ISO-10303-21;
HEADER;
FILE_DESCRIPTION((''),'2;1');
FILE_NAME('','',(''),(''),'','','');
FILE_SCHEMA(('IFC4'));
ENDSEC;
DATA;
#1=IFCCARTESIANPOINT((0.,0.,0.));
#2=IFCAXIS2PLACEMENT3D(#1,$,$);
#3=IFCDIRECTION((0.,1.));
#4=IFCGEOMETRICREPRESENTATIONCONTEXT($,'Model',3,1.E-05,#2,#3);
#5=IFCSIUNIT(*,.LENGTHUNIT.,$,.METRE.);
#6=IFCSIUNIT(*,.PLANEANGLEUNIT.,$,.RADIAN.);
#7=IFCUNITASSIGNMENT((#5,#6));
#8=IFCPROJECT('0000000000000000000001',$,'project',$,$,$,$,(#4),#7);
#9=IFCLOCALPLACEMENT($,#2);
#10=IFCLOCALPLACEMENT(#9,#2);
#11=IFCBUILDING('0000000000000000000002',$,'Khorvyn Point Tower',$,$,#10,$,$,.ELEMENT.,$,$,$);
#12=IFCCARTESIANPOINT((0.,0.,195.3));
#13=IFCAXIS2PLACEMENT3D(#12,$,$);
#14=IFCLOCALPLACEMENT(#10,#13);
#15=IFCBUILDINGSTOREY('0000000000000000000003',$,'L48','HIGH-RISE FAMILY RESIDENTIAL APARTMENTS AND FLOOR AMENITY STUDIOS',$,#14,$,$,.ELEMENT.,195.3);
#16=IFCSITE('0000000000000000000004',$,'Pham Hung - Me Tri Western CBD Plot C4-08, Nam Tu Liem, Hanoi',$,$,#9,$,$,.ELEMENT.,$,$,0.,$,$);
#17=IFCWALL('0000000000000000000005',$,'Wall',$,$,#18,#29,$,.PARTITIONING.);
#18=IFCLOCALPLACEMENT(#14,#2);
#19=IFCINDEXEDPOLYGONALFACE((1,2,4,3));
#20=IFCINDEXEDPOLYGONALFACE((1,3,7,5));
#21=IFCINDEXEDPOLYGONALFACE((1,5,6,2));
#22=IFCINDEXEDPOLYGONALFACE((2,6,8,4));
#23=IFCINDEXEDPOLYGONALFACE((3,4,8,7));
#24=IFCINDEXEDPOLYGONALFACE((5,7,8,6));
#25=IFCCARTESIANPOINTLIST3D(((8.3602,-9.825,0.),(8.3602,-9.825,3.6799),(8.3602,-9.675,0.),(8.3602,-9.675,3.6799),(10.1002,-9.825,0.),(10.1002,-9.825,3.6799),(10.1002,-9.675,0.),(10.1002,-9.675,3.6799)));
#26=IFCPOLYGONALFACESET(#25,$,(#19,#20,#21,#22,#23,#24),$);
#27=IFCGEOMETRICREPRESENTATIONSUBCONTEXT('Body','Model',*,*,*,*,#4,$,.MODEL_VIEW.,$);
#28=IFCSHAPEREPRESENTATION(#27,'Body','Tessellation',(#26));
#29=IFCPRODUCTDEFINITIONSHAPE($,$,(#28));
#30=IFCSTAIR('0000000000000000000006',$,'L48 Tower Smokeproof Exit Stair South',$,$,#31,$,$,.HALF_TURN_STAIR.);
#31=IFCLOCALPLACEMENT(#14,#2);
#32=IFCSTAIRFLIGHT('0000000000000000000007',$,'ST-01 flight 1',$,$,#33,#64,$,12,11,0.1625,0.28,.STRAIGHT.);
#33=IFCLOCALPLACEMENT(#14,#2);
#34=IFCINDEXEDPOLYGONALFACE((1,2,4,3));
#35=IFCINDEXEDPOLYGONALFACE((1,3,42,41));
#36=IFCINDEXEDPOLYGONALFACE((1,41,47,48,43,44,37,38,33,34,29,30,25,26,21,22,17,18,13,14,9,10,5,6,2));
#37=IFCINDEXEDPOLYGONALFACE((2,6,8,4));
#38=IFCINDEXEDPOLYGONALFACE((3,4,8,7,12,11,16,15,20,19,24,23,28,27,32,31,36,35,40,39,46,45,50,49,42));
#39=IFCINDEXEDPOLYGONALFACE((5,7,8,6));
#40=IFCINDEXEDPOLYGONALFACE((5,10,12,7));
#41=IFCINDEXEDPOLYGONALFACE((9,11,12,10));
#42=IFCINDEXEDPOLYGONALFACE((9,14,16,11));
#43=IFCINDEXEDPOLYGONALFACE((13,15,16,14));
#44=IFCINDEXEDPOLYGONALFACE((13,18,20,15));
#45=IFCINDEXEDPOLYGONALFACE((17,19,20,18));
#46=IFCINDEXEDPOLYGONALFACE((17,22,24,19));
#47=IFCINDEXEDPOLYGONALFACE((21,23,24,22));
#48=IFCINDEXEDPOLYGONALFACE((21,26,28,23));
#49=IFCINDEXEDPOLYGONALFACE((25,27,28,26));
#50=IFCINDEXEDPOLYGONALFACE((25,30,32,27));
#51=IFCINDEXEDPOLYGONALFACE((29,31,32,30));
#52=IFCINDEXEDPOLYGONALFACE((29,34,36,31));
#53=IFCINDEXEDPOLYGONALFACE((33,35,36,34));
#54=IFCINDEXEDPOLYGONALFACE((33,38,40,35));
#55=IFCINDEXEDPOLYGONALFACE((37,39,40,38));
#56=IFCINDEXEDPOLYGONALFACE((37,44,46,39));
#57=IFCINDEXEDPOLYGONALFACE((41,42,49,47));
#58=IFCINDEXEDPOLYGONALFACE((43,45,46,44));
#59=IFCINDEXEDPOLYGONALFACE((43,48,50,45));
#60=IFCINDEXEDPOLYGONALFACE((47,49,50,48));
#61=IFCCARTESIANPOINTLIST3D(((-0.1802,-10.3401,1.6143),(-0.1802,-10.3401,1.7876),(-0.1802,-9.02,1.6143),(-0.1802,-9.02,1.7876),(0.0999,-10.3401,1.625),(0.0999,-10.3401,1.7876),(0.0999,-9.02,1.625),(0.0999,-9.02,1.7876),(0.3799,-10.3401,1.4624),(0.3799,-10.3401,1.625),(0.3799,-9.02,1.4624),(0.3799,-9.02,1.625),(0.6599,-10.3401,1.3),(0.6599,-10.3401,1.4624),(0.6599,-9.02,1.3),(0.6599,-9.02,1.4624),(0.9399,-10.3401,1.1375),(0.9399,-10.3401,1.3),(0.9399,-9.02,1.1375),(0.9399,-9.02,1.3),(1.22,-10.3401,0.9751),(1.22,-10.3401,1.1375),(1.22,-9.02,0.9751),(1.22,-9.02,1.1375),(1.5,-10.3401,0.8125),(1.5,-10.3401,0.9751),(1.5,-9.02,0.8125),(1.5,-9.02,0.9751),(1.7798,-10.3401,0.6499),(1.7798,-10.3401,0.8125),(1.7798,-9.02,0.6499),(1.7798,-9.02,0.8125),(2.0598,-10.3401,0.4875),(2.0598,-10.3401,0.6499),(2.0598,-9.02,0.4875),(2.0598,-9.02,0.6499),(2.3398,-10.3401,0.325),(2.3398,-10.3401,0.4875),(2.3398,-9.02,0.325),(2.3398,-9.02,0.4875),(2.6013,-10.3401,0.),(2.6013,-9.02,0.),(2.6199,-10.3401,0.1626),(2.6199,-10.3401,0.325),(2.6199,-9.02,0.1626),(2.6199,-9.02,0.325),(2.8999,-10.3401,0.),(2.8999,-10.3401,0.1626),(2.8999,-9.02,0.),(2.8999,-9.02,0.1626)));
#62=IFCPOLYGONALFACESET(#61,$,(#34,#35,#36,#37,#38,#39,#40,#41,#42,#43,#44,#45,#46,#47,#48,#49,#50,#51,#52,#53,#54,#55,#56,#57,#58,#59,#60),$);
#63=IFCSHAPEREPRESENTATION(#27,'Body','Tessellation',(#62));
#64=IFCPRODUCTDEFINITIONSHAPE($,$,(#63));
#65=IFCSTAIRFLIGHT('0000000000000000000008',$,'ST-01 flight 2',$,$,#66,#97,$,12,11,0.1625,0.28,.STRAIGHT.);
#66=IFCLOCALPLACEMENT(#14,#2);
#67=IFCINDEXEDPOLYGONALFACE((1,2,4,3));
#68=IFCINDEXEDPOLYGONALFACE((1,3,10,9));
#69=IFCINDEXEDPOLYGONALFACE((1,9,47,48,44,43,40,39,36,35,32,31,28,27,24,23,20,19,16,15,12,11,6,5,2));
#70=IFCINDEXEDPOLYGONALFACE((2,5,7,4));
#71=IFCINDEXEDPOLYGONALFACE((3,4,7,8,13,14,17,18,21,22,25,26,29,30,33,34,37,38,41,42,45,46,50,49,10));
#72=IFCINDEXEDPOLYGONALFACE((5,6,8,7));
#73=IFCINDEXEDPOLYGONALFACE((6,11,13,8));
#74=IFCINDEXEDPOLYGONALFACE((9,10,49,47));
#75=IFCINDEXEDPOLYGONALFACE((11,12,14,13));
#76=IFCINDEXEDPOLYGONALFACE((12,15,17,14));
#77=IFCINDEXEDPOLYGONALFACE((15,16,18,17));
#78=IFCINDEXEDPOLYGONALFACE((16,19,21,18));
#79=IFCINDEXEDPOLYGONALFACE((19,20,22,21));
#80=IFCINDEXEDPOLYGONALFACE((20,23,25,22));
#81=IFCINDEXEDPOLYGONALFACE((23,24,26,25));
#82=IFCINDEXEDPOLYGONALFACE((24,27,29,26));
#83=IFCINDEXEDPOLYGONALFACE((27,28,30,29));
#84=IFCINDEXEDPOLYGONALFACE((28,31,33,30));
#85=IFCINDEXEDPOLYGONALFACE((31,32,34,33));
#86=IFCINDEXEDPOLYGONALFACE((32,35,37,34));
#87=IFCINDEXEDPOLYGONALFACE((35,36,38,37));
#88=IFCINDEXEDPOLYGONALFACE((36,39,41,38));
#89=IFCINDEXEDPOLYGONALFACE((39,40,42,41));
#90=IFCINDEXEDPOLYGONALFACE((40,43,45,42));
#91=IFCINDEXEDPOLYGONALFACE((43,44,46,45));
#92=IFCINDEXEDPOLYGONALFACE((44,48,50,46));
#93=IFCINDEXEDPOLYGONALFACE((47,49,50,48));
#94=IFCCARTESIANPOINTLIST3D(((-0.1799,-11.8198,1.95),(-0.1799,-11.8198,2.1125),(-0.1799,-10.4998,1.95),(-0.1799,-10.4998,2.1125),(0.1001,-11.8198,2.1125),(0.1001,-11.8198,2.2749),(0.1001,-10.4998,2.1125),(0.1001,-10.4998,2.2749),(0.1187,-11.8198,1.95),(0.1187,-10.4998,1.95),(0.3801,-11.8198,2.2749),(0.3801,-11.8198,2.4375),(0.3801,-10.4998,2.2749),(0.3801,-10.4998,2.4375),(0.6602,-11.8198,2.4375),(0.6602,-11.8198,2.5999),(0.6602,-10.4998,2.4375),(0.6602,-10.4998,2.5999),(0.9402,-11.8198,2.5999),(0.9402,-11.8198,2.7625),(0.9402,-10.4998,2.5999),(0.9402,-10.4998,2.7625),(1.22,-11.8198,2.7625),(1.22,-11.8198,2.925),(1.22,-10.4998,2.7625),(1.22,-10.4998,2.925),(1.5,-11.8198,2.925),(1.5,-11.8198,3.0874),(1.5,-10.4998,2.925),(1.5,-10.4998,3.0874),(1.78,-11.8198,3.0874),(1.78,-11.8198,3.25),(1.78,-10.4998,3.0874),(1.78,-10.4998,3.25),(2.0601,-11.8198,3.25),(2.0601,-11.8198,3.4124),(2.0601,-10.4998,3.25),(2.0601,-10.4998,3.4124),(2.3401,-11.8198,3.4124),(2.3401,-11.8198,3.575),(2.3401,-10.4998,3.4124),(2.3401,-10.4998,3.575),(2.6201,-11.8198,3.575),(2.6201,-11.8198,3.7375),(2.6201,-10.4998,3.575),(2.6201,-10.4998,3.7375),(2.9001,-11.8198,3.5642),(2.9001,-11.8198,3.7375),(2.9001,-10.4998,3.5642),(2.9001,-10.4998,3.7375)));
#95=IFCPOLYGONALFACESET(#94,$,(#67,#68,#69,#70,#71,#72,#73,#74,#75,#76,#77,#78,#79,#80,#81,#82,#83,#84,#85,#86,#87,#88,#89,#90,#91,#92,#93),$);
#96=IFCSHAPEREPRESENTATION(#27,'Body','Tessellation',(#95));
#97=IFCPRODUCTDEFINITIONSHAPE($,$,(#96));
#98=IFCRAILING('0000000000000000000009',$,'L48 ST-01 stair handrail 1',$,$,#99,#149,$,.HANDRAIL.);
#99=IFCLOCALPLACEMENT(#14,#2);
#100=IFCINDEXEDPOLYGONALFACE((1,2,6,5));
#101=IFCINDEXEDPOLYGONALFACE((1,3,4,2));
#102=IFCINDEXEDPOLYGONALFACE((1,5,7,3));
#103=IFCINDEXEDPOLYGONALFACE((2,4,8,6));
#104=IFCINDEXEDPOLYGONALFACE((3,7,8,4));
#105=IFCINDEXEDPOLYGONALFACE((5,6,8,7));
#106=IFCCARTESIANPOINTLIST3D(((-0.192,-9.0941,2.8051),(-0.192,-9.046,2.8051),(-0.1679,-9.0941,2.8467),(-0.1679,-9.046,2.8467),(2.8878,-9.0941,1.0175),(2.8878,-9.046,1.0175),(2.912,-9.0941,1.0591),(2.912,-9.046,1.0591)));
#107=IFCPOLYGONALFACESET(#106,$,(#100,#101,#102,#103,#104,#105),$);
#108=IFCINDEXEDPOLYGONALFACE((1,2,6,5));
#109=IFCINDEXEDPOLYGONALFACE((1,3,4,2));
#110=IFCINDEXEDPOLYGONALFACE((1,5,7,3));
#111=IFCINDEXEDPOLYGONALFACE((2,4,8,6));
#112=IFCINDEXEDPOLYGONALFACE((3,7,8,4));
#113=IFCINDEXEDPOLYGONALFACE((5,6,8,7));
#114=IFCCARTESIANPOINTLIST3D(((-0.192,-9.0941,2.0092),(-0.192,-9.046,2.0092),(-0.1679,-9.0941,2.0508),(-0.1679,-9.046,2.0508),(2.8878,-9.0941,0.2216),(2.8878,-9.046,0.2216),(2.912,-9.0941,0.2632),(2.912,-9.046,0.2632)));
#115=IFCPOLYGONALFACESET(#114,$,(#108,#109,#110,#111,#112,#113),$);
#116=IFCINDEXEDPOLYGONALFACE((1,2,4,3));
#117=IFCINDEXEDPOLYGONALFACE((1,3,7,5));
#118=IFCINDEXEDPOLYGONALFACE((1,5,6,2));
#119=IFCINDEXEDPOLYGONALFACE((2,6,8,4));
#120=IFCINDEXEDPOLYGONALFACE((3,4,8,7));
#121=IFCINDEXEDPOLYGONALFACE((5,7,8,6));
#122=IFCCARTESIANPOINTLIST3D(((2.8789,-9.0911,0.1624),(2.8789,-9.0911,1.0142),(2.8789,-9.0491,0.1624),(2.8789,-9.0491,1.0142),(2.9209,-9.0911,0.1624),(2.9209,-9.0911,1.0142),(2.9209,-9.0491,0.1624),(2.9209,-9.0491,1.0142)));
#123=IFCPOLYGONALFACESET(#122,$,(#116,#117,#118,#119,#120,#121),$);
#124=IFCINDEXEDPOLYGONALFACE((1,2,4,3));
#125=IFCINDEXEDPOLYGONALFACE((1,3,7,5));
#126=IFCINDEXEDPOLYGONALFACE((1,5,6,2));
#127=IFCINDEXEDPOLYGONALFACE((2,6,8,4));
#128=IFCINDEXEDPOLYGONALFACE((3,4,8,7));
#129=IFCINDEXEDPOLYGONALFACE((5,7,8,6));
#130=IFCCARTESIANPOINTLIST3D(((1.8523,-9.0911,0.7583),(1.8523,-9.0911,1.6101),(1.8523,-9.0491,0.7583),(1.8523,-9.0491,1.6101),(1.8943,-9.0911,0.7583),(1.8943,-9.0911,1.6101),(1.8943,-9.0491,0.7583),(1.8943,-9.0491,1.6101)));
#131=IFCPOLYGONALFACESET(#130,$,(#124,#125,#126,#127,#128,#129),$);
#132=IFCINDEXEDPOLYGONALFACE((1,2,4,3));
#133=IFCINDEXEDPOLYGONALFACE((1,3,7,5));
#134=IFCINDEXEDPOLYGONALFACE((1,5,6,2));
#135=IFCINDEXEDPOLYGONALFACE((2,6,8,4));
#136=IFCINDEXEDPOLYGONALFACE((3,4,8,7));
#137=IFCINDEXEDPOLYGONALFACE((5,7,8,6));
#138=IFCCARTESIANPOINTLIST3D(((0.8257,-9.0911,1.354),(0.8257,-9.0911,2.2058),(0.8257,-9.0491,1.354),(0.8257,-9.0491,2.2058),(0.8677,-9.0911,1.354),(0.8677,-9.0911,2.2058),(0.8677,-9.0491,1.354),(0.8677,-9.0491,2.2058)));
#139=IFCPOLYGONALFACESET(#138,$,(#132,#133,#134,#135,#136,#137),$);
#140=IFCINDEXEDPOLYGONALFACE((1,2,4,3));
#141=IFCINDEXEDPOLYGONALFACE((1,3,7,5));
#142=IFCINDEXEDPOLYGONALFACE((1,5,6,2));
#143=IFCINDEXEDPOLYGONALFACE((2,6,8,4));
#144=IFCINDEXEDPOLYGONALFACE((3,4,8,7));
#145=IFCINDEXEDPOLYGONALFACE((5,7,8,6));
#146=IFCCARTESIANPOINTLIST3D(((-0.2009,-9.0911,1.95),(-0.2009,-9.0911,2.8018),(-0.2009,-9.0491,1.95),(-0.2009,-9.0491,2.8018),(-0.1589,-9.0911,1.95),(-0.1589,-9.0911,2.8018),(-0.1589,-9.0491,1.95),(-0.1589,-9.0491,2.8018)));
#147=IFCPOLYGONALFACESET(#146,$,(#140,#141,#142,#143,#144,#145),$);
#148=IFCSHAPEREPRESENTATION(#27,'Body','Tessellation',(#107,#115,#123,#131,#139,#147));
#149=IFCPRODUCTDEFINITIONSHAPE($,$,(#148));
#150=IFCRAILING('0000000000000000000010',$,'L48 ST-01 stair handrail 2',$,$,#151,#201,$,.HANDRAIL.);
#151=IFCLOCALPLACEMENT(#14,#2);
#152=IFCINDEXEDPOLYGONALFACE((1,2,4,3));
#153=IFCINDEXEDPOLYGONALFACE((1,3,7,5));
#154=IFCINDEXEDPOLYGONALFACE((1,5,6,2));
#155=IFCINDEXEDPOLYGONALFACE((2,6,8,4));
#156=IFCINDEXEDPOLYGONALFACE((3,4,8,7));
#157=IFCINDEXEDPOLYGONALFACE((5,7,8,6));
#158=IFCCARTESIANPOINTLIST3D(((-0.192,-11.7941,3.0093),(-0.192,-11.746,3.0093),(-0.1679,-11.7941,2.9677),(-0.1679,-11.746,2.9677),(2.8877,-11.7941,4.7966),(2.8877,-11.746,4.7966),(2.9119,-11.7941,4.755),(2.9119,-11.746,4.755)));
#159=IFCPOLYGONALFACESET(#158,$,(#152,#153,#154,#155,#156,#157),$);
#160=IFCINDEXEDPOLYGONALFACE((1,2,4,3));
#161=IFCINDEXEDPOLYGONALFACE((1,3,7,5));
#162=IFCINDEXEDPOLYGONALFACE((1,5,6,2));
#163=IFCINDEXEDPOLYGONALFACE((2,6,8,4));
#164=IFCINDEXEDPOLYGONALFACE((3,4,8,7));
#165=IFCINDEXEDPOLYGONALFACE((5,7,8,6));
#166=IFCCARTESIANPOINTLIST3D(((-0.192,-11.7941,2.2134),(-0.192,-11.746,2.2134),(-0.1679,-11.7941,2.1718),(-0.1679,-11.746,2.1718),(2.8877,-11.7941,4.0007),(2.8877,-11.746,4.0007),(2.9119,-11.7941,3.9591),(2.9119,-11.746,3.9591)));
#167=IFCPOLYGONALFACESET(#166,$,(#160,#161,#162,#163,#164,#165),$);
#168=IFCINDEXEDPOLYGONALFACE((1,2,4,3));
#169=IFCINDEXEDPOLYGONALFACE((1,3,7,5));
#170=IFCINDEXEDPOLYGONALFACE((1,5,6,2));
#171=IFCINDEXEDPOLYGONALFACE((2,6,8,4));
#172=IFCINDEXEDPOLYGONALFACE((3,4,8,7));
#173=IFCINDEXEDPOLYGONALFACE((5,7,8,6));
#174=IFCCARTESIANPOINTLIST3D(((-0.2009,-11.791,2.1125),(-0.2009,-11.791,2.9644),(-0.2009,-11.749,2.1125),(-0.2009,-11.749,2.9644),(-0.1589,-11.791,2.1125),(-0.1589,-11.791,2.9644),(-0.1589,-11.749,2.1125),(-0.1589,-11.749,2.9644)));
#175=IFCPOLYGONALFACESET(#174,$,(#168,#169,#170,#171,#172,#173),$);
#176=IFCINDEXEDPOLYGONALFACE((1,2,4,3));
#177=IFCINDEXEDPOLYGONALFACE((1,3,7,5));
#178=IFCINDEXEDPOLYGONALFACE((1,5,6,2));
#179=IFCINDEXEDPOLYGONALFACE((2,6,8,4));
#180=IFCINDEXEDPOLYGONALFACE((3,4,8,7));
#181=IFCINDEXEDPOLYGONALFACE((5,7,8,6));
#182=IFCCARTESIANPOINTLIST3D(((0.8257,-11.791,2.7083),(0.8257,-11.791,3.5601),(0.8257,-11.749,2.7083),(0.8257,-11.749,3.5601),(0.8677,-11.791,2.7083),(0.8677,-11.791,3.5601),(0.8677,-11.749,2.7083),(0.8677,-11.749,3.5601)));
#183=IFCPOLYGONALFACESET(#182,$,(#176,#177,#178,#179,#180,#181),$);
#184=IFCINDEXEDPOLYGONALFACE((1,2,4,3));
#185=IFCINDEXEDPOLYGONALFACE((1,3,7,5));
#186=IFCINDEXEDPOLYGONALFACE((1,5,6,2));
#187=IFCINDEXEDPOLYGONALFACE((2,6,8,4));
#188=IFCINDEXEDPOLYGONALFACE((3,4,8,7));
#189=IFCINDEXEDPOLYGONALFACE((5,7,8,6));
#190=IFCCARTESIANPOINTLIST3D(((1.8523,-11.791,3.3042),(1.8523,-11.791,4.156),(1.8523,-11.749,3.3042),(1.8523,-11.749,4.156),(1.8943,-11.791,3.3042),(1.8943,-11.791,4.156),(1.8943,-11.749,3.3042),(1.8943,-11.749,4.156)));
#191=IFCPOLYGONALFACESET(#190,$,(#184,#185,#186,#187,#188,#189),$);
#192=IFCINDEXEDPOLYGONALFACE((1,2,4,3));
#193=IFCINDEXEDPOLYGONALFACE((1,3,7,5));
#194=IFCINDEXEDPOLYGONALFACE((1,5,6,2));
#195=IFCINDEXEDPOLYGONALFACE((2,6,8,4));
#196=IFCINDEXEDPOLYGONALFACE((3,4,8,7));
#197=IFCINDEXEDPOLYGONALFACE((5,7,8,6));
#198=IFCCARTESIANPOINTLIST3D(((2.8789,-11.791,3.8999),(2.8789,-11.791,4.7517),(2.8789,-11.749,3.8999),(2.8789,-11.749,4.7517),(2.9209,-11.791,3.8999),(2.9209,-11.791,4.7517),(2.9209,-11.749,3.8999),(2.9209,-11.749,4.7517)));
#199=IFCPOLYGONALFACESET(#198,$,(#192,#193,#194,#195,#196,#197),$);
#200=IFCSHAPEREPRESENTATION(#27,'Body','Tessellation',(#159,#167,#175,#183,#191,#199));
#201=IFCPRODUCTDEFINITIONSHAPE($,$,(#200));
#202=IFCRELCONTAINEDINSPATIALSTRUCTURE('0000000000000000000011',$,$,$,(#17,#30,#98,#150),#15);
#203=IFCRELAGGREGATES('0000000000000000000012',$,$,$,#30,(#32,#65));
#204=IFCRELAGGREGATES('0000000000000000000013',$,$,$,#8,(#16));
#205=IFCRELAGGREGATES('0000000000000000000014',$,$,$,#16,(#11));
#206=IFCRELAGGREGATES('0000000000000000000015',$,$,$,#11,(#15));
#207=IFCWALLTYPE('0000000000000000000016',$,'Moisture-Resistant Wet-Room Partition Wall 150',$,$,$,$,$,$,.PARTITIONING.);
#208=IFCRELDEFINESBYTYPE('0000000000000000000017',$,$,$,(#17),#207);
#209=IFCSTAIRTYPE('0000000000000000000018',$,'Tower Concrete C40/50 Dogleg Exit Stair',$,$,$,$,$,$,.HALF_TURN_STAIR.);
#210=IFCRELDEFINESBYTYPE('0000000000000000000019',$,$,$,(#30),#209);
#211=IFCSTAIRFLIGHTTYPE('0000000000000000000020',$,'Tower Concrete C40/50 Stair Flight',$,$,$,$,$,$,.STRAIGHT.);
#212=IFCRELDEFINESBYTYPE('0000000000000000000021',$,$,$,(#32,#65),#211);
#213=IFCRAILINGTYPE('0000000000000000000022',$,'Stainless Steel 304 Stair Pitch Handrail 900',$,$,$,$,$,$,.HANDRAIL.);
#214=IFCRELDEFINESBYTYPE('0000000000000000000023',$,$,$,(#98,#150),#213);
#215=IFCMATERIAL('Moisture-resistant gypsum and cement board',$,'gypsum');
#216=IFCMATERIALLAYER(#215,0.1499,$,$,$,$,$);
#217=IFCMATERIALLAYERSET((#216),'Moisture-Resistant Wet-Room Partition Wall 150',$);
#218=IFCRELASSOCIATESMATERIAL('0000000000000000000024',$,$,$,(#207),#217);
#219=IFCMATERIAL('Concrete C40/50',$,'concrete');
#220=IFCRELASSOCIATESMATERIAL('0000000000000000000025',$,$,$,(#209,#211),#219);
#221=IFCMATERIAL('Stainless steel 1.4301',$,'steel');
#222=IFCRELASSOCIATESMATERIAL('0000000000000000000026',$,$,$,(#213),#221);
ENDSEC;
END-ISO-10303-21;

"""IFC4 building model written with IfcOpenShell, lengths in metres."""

from ifc_helpers import new_model, si_unit, direction, frame, frame_2d, origin, origin_2d, place, context, subcontext, project, spatial, polyline, rectangle, outline, extrude, material, layer, layer_set, type_object, element, aggregate, save


model = new_model("IFC4")

# Units and contexts
model_context = context("Model", 3, precision=1e-05, world=origin(), true_north=direction((0.0, 1.0)))
body_context = subcontext(model_context, "Body", "Model", "MODEL_VIEW")
ifc_project = project(units=[si_unit("LENGTHUNIT", "METRE"), si_unit("PLANEANGLEUNIT", "RADIAN")], contexts=[model_context])

# Site, building, storey
site_placement = place(None, origin())
site = spatial("IfcSite", under=ifc_project, at=site_placement, Name="Pham Hung - Me Tri Western CBD Plot C4-08, Nam Tu Liem, Hanoi", CompositionType="ELEMENT", RefElevation=0.0)
building_placement = place(site_placement, origin())
building = spatial("IfcBuilding", under=site, at=building_placement, Name="Khorvyn Point Tower", CompositionType="ELEMENT")
storey_placement = place(building_placement, frame((0.0, 0.0, 195.3)))
storey = spatial("IfcBuildingStorey", under=building, at=storey_placement, Name="L48", Description="HIGH-RISE FAMILY RESIDENTIAL APARTMENTS AND FLOOR AMENITY STUDIOS", CompositionType="ELEMENT", Elevation=195.3)

# Shared definitions
ifc_material_1 = material(Name="Concrete C40/50", Category="concrete")

# Shared definitions
ifc_material_2 = material(Name="Stainless steel 1.4301", Category="steel")

# Shared definitions
ifc_material_3 = material(Name="Moisture-resistant gypsum and cement board", Category="gypsum")
ifc_layer_1 = layer(ifc_material_3, 0.1499)
ifc_layer_set_1 = layer_set([ifc_layer_1], Name="Moisture-Resistant Wet-Room Partition Wall 150")
wall_type_1 = type_object("IfcWallType", Name="Moisture-Resistant Wet-Room Partition Wall 150", PredefinedType="PARTITIONING", material=ifc_layer_set_1)

# Wall
wall_1_placement = place(storey_placement, frame((8.3601, -9.75, 0.0), z_axis=(0.0, 0.0, 1.0), x_axis=(1.0, 0.0, 0.0)))
element("IfcWall", 1, at=wall_1_placement, inside=storey, type_object=wall_type_1, Name="Wall", PredefinedType="PARTITIONING", context=body_context, shape_type="SweptSolid", body=[
    extrude(rectangle(XDim=1.74, YDim=0.1499, at=frame_2d((0.8701, 0.0))), origin(), (0.0, 0.0, 1.0), 3.6799),
])

# Stair, stair flights
stair_type = type_object("IfcStairType", Name="Tower Concrete C40/50 Dogleg Exit Stair", PredefinedType="HALF_TURN_STAIR", material=ifc_material_1)
stair_placement = place(storey_placement, origin())
stair = element("IfcStair", 2, at=stair_placement, inside=storey, type_object=stair_type, Name="L48 Tower Smokeproof Exit Stair South", PredefinedType="HALF_TURN_STAIR")
stair_flight_type = type_object("IfcStairFlightType", Name="Tower Concrete C40/50 Stair Flight", PredefinedType="STRAIGHT", material=ifc_material_1)
stair_flight_1_placement = place(storey_placement, frame((2.8999, -9.6799, 0.0), z_axis=(0.0, 0.0, 1.0), x_axis=(-1.0, 0.0, 0.0)))
stair_flight_1 = element("IfcStairFlight", 3, at=stair_flight_1_placement, type_object=stair_flight_type, Name="ST-01 flight 1", NumberOfRisers=12, NumberOfTreads=11, PredefinedType="STRAIGHT", RiserHeight=0.1625, TreadLength=0.28, context=body_context, shape_type="SweptSolid", body=[
    extrude(outline(polyline([(0.0, 0.0), (0.0, 0.1626), (0.28, 0.1626), (0.28, 0.325), (0.5601, 0.325), (0.5601, 0.4875), (0.8401, 0.4875), (0.8401, 0.6499), (1.1201, 0.6499), (1.1201, 0.8125), (1.3999, 0.8125), (1.3999, 0.9751), (1.6799, 0.9751), (1.6799, 1.1375), (1.96, 1.1375), (1.96, 1.3), (2.24, 1.3), (2.24, 1.4624), (2.52, 1.4624), (2.52, 1.625), (2.8, 1.625), (2.8, 1.7876), (3.0801, 1.7876), (3.0801, 1.95), (3.0801, 1.6143), (0.2986, 0.0), (0.0, 0.0)])), frame((0.0, 0.6602, 0.0), z_axis=(0.0, -1.0, 0.0), x_axis=(1.0, 0.0, 0.0)), (0.0, 0.0, 1.0), 1.3201),
])
stair_flight_2_placement = place(storey_placement, frame((-0.1799, -11.1599, 1.95), z_axis=(0.0, 0.0, 1.0), x_axis=(1.0, 0.0, 0.0)))
stair_flight_2 = element("IfcStairFlight", 4, at=stair_flight_2_placement, type_object=stair_flight_type, Name="ST-01 flight 2", NumberOfRisers=12, NumberOfTreads=11, PredefinedType="STRAIGHT", RiserHeight=0.1625, TreadLength=0.28, context=body_context, shape_type="SweptSolid", body=[
    extrude(outline(polyline([(0.0, 0.0), (0.0, 0.1626), (0.28, 0.1626), (0.28, 0.325), (0.5601, 0.325), (0.5601, 0.4875), (0.8401, 0.4875), (0.8401, 0.6499), (1.1201, 0.6499), (1.1201, 0.8125), (1.3999, 0.8125), (1.3999, 0.9751), (1.6799, 0.9751), (1.6799, 1.1375), (1.96, 1.1375), (1.96, 1.3), (2.24, 1.3), (2.24, 1.4624), (2.52, 1.4624), (2.52, 1.625), (2.8, 1.625), (2.8, 1.7876), (3.0801, 1.7876), (3.0801, 1.95), (3.0801, 1.6143), (0.2986, 0.0), (0.0, 0.0)])), frame((0.0, 0.6602, 0.0), z_axis=(0.0, -1.0, 0.0), x_axis=(1.0, 0.0, 0.0)), (0.0, 0.0, 1.0), 1.3201),
])
aggregate(stair, [stair_flight_1, stair_flight_2])

# Railings
railing_type_1 = type_object("IfcRailingType", Name="Stainless Steel 304 Stair Pitch Handrail 900", PredefinedType="HANDRAIL", material=ifc_material_2)
railing_1_placement = place(storey_placement, frame((2.8999, -9.0701, 0.1624)))
element("IfcRailing", 5, at=railing_1_placement, inside=storey, type_object=railing_type_1, Name="L48 ST-01 stair handrail 1", PredefinedType="HANDRAIL", context=body_context, shape_type="SweptSolid", body=[
    extrude(rectangle(XDim=0.0481, YDim=0.0481, at=origin_2d()), frame((0.0, 0.0, 0.876), z_axis=(-0.864873, 0.0, 0.50199), x_axis=(0.0, -1.0, 0.0)), (0.0, 0.0, 1.0), 3.561),
    extrude(rectangle(XDim=0.0481, YDim=0.0481, at=origin_2d()), frame((0.0, 0.0, 0.0801), z_axis=(-0.864873, 0.0, 0.50199), x_axis=(0.0, -1.0, 0.0)), (0.0, 0.0, 1.0), 3.561),
    extrude(rectangle(XDim=0.042, YDim=0.042, at=origin_2d()), origin(), (0.0, 0.0, 1.0), 0.8518),
    extrude(rectangle(XDim=0.042, YDim=0.042, at=origin_2d()), frame((-1.0266, 0.0, 0.5959)), (0.0, 0.0, 1.0), 0.8518),
    extrude(rectangle(XDim=0.042, YDim=0.042, at=origin_2d()), frame((-2.0532, 0.0, 1.1917)), (0.0, 0.0, 1.0), 0.8518),
    extrude(rectangle(XDim=0.042, YDim=0.042, at=origin_2d()), frame((-3.0798, 0.0, 1.7876)), (0.0, 0.0, 1.0), 0.8518),
])
railing_2_placement = place(storey_placement, frame((-0.1799, -11.77, 2.1125)))
element("IfcRailing", 6, at=railing_2_placement, inside=storey, type_object=railing_type_1, Name="L48 ST-01 stair handrail 2", PredefinedType="HANDRAIL", context=body_context, shape_type="SweptSolid", body=[
    extrude(rectangle(XDim=0.0481, YDim=0.0481, at=origin_2d()), frame((0.0, 0.0, 0.876), z_axis=(0.864903, 0.0, 0.501939), x_axis=(0.0, 1.0, 0.0)), (0.0, 0.0, 1.0), 3.5608),
    extrude(rectangle(XDim=0.0481, YDim=0.0481, at=origin_2d()), frame((0.0, 0.0, 0.0801), z_axis=(0.864903, 0.0, 0.501939), x_axis=(0.0, 1.0, 0.0)), (0.0, 0.0, 1.0), 3.5608),
    extrude(rectangle(XDim=0.042, YDim=0.042, at=origin_2d()), origin(), (0.0, 0.0, 1.0), 0.8518),
    extrude(rectangle(XDim=0.042, YDim=0.042, at=origin_2d()), frame((1.0266, 0.0, 0.5957)), (0.0, 0.0, 1.0), 0.8518),
    extrude(rectangle(XDim=0.042, YDim=0.042, at=origin_2d()), frame((2.0532, 0.0, 1.1917)), (0.0, 0.0, 1.0), 0.8518),
    extrude(rectangle(XDim=0.042, YDim=0.042, at=origin_2d()), frame((3.0798, 0.0, 1.7874)), (0.0, 0.0, 1.0), 0.8518),
])

save(model, "model.ifc")
